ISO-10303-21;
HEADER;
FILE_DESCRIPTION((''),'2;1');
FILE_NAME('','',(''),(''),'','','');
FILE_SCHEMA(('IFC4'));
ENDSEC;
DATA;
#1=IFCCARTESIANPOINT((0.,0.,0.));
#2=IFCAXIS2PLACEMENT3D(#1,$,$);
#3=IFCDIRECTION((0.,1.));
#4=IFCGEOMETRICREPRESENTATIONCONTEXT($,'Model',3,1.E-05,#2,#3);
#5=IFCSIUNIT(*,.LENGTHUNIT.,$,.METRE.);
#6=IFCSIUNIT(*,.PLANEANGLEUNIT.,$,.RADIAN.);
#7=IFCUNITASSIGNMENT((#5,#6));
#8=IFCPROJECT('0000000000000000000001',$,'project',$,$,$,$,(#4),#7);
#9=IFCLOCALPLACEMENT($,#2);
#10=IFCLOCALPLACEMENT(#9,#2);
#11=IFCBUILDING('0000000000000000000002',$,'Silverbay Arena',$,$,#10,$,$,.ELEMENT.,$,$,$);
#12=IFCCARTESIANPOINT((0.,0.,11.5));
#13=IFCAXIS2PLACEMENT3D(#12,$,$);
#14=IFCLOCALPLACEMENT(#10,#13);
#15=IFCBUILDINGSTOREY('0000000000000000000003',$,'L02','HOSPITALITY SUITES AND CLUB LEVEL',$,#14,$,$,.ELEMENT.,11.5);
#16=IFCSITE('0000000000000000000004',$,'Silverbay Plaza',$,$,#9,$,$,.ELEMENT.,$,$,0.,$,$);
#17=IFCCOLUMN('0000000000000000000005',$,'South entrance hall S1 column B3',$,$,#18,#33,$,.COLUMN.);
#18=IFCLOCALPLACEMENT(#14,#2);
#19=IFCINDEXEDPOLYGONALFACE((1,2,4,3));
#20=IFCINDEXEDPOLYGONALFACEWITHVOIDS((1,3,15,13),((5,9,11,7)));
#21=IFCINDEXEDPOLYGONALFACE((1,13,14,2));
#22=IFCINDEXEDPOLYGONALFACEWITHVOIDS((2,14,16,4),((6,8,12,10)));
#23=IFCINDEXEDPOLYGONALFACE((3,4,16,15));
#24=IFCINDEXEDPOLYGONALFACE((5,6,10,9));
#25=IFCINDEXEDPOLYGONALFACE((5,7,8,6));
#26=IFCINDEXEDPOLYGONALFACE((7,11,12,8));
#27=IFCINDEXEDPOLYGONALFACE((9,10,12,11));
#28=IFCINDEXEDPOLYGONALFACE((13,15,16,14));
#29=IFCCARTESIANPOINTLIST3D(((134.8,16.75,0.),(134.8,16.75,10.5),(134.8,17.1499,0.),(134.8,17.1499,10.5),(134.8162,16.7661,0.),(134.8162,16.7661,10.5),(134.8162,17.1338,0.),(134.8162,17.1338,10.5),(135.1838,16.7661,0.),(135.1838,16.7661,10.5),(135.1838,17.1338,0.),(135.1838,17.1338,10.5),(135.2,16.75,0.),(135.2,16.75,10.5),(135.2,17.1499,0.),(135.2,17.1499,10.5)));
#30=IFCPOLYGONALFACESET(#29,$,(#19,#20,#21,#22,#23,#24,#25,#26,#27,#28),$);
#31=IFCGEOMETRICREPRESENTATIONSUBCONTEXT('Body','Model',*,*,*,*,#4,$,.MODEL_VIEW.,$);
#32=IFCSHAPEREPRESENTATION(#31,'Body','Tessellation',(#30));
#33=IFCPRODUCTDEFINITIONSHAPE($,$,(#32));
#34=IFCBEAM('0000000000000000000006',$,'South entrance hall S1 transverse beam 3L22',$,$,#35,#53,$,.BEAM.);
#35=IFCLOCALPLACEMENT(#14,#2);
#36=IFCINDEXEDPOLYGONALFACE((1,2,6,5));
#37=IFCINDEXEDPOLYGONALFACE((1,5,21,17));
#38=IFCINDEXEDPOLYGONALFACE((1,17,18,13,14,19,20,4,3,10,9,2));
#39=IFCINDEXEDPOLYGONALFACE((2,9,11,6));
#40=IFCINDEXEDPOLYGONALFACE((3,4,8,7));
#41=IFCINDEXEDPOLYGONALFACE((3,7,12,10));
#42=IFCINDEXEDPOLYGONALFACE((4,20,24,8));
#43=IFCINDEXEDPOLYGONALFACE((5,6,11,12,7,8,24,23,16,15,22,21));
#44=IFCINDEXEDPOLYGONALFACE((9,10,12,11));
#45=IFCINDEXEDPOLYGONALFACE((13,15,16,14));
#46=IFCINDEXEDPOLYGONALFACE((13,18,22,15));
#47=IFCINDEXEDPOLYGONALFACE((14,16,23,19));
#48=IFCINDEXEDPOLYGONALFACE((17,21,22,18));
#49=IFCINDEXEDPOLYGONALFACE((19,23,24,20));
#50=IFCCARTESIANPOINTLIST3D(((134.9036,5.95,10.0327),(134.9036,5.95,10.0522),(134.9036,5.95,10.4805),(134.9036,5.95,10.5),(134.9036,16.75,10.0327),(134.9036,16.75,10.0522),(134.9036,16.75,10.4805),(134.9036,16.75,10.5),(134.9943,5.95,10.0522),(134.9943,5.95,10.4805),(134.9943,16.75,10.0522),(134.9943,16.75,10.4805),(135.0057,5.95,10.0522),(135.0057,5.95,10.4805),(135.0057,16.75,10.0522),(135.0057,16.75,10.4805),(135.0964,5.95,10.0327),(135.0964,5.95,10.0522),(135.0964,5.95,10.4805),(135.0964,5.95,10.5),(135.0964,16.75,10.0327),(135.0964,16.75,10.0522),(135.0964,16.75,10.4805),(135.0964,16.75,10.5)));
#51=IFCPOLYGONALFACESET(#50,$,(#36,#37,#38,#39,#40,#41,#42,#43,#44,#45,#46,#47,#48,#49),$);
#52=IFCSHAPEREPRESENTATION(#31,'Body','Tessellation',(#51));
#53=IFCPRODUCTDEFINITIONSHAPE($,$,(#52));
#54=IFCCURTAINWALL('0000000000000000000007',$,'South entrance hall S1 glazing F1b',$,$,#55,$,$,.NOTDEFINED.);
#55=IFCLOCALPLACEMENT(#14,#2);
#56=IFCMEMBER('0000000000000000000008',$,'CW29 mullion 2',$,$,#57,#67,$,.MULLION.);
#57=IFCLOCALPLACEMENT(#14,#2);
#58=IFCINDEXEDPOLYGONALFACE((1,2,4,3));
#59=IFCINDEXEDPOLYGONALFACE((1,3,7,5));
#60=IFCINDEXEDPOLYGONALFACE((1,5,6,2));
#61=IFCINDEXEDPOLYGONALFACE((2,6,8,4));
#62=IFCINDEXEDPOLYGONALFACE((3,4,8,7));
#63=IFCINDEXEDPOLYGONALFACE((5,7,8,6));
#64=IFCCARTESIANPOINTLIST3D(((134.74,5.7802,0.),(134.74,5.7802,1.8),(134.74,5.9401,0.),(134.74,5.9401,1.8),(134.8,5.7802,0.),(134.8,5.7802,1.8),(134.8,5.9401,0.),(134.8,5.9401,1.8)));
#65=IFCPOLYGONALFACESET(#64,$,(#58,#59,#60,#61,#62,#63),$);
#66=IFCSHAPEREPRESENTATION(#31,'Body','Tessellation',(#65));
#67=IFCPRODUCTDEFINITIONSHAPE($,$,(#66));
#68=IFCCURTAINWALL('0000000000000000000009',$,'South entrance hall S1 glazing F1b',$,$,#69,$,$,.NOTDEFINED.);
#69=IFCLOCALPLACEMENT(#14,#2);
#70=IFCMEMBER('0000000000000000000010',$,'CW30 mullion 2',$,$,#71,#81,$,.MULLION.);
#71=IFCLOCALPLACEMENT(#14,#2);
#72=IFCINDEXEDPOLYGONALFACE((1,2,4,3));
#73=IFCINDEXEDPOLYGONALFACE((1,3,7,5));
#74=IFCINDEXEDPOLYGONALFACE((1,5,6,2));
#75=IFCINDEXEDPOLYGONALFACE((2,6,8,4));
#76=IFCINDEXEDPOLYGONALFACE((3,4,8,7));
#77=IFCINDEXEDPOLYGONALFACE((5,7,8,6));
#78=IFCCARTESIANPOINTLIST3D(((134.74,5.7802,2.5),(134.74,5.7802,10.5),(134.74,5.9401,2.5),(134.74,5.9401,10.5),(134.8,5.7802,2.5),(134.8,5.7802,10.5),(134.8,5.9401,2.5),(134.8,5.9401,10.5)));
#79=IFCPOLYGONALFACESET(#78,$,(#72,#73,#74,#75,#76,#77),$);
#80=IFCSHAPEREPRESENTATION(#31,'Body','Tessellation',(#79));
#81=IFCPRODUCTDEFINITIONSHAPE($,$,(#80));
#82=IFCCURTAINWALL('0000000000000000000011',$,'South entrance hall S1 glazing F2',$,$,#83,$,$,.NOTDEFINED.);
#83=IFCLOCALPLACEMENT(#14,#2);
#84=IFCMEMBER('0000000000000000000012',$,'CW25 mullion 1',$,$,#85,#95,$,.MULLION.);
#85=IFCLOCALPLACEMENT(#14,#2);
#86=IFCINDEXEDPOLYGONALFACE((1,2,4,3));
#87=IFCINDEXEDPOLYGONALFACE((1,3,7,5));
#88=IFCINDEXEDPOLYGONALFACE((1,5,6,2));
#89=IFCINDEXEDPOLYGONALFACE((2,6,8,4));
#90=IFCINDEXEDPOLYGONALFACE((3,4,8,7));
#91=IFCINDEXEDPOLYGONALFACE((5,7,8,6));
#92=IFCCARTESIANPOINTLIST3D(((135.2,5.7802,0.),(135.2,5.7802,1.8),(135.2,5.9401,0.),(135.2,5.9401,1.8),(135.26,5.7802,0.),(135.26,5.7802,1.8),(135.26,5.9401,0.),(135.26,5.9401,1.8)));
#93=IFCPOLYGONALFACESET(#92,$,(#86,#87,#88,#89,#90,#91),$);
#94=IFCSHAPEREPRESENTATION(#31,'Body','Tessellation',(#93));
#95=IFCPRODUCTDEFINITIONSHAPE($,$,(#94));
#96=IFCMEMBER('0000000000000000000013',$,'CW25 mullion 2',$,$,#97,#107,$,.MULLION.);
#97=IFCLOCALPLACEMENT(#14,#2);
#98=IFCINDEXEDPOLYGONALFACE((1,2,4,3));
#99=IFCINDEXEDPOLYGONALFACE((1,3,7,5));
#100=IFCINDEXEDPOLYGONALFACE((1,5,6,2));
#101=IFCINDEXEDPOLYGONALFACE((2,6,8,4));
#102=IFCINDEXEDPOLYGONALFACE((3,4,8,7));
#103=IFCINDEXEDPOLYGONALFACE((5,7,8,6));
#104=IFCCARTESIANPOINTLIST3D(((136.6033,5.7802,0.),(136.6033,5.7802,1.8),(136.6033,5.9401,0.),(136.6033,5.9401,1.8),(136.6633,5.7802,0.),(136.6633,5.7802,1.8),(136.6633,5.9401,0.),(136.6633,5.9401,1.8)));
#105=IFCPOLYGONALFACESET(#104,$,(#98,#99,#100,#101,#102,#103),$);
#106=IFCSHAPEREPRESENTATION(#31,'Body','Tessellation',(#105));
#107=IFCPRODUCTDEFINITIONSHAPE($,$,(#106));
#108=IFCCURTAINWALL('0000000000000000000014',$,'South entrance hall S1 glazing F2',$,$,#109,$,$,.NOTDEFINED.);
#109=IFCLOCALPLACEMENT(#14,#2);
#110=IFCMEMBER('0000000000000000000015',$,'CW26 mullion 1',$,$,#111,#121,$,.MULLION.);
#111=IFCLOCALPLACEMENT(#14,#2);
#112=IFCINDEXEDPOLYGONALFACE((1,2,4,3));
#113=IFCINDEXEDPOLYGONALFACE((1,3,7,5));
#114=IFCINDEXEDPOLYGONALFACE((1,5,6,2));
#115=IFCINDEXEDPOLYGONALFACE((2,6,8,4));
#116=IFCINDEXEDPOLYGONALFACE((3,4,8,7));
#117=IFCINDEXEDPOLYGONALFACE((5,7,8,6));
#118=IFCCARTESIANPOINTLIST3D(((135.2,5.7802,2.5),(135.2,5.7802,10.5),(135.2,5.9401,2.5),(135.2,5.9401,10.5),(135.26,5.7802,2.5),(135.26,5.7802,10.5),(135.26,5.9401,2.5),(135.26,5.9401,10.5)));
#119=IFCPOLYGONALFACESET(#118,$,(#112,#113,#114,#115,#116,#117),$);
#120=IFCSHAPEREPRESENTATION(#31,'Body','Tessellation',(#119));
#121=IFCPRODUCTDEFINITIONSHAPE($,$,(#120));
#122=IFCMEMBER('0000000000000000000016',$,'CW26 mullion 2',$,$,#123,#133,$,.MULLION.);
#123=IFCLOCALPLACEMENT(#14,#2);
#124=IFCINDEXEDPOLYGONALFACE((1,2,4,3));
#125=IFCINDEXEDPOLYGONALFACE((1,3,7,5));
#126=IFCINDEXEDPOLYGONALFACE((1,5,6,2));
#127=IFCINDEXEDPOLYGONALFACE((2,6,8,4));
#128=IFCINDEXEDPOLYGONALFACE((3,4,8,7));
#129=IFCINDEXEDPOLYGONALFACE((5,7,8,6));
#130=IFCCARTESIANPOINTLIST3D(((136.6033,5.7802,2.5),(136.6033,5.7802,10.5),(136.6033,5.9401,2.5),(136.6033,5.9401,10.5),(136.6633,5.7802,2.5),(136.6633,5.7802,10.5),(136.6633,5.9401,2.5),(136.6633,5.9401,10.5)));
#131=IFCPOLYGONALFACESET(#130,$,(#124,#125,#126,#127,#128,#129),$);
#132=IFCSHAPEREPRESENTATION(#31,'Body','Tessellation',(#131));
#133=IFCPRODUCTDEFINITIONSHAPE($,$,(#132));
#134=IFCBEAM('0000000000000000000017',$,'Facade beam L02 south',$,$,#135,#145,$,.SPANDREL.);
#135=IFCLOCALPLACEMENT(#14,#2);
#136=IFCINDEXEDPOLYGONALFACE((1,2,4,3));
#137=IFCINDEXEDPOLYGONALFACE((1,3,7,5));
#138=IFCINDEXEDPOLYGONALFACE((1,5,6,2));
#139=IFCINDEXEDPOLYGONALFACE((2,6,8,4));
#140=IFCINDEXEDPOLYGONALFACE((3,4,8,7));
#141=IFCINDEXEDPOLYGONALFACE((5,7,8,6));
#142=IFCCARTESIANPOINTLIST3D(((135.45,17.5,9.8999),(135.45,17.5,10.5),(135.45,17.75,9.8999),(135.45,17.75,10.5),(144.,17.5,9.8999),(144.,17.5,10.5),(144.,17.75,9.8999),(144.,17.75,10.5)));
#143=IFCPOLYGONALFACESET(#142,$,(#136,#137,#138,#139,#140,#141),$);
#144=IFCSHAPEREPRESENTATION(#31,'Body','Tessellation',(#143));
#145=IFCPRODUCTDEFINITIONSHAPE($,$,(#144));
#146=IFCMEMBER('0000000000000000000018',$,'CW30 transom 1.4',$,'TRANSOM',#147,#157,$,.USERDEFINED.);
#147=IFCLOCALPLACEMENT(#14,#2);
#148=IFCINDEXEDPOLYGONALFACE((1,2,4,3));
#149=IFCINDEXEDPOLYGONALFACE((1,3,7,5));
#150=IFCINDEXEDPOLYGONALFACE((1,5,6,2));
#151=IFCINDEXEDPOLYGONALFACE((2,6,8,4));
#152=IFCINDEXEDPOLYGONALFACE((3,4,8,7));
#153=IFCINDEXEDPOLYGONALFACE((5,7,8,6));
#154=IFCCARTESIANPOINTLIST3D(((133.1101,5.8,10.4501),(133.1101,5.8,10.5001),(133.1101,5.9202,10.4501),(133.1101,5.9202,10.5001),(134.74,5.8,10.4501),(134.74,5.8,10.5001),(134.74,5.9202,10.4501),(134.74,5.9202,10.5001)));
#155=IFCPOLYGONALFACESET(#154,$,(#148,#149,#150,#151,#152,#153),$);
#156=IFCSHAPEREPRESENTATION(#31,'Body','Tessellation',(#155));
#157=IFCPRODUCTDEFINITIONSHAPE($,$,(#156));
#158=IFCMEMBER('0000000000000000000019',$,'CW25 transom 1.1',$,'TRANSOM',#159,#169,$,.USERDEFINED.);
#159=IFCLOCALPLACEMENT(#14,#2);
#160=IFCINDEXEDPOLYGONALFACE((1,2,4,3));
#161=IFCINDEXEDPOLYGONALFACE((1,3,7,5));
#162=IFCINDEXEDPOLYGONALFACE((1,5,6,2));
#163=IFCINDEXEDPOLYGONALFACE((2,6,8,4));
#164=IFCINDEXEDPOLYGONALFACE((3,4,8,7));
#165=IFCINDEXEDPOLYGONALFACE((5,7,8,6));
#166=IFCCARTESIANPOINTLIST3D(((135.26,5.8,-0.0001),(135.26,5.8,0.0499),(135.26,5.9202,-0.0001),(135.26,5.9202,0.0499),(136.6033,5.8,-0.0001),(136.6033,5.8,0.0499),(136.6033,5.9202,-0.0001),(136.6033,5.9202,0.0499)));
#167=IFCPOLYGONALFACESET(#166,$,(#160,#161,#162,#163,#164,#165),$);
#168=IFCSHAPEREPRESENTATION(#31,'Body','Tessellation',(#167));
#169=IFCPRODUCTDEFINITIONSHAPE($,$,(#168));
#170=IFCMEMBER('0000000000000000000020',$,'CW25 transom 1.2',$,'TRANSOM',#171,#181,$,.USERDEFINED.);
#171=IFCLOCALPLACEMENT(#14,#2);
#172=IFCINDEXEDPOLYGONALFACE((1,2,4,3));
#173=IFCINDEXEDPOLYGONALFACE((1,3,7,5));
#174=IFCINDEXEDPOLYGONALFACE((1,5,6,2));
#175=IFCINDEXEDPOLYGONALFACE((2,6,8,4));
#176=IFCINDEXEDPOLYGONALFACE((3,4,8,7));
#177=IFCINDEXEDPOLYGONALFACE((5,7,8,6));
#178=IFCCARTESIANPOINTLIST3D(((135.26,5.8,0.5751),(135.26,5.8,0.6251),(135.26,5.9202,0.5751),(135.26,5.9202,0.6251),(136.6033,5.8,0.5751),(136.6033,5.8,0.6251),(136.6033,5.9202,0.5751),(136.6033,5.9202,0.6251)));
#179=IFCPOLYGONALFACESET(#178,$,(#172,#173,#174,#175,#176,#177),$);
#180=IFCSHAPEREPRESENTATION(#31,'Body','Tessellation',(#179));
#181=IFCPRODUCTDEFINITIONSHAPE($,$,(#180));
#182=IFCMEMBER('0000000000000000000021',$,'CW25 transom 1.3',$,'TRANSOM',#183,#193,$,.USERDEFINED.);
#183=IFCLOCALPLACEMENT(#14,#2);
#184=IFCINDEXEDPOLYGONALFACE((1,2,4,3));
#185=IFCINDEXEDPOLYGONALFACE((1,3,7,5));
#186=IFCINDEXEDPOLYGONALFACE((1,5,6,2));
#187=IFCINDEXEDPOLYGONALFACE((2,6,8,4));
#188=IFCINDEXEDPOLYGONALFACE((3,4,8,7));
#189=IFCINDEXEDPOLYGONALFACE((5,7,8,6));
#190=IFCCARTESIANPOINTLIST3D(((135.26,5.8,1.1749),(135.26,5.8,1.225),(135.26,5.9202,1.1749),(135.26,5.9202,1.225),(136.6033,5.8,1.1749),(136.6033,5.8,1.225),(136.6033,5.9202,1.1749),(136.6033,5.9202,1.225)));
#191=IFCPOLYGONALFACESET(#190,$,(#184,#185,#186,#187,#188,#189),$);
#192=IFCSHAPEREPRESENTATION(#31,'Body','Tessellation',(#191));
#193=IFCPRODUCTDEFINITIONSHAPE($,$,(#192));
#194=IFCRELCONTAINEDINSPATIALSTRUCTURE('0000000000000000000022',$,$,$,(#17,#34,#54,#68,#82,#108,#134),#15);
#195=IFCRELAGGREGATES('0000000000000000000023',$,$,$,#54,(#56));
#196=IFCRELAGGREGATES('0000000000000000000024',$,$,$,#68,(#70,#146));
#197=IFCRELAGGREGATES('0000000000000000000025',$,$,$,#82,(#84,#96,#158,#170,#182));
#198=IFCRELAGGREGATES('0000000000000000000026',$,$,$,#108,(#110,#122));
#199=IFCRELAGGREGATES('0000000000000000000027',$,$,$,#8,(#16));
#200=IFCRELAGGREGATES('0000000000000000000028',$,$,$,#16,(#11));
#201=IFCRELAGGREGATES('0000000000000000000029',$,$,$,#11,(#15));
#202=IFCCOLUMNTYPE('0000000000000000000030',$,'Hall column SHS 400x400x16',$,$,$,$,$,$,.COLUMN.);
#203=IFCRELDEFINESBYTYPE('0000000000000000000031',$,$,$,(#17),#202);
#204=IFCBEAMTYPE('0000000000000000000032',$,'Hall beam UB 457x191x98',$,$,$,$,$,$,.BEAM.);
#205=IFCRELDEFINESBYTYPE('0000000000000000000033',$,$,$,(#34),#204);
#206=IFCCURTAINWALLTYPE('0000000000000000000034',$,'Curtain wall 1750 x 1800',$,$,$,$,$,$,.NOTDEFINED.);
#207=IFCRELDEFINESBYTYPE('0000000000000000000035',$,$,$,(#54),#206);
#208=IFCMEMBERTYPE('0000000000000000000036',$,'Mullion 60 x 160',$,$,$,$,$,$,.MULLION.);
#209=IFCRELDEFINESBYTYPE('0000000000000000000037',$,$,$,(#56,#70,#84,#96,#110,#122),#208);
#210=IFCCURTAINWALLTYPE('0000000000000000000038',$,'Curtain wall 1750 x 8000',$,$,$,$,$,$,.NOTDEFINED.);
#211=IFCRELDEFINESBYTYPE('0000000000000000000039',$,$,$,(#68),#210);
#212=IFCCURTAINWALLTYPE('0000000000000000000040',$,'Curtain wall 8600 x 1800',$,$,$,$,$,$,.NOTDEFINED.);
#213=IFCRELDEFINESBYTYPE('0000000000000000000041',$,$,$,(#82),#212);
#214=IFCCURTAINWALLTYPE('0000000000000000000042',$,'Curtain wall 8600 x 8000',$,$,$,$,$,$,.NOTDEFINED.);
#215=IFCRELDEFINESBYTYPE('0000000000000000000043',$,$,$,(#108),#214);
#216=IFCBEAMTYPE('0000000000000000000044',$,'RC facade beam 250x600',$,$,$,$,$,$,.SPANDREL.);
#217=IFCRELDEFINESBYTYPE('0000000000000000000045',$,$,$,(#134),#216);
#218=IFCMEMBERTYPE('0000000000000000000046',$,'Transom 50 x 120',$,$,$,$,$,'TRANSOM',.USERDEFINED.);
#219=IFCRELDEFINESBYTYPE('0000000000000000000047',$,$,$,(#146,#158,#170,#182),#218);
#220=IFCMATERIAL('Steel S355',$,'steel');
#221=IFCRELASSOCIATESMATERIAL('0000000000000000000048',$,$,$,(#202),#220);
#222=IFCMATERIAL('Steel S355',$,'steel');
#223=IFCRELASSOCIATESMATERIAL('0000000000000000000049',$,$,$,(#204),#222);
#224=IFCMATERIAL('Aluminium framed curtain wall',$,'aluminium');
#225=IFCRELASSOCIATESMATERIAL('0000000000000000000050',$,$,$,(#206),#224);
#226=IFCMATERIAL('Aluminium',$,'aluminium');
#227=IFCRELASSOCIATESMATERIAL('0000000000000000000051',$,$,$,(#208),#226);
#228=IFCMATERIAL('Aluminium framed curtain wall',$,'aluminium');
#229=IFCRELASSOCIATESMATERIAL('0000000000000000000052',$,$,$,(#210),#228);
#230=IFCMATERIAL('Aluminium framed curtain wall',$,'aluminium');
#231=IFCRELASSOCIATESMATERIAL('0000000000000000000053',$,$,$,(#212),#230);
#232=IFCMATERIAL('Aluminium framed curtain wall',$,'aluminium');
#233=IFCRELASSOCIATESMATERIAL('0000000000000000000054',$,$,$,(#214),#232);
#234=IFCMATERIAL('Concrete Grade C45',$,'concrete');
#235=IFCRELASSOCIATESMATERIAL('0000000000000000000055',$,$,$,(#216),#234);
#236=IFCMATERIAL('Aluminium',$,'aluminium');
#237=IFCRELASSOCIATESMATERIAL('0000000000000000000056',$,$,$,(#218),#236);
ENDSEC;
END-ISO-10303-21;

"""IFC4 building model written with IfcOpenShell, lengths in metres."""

from ifc_helpers import new_model, si_unit, direction, frame, origin, origin_2d, place, context, subcontext, project, spatial, rectangle, hollow_rectangle, i_section, extrude, material, material_profile, profile_set, type_object, element, aggregate, save


model = new_model("IFC4")

# Units and contexts
model_context = context("Model", 3, precision=1e-05, world=origin(), true_north=direction((0.0, 1.0)))
body_context = subcontext(model_context, "Body", "Model", "MODEL_VIEW")
ifc_project = project(units=[si_unit("LENGTHUNIT", "METRE"), si_unit("PLANEANGLEUNIT", "RADIAN")], contexts=[model_context])

# Site, building, storey
site_placement = place(None, origin())
site = spatial("IfcSite", under=ifc_project, at=site_placement, Name="Silverbay Plaza", CompositionType="ELEMENT", RefElevation=0.0)
building_placement = place(site_placement, origin())
building = spatial("IfcBuilding", under=site, at=building_placement, Name="Silverbay Arena", CompositionType="ELEMENT")
storey_placement = place(building_placement, frame((0.0, 0.0, 11.5)))
storey = spatial("IfcBuildingStorey", under=building, at=storey_placement, Name="L02", Description="HOSPITALITY SUITES AND CLUB LEVEL", CompositionType="ELEMENT", Elevation=11.5)

# Column
ifc_material_1 = material(Name="Steel S355", Category="steel")
ifc_material_profile_1 = material_profile(ifc_material_1, hollow_rectangle(XDim=0.3999, YDim=0.3999, WallThickness=0.0161, at=origin_2d()), Name="SHS 400x400x16")
ifc_profile_set_1 = profile_set([ifc_material_profile_1], Name="Steel S355")
column_type = type_object("IfcColumnType", Name="Hall column SHS 400x400x16", PredefinedType="COLUMN", material=ifc_profile_set_1)
column_placement = place(storey_placement, frame((135.0, 16.95, 0.0), z_axis=(0.0, 0.0, 1.0), x_axis=(1.0, 0.0, 0.0)))
element("IfcColumn", 1, at=column_placement, inside=storey, type_object=column_type, Name="South entrance hall S1 column B3", PredefinedType="COLUMN", context=body_context, shape_type="SweptSolid", body=[
    extrude(hollow_rectangle(XDim=0.3999, YDim=0.3999, WallThickness=0.0161, at=origin_2d()), origin(), (0.0, 0.0, 1.0), 10.5),
])

# Beam
ifc_material_2 = material(Name="Steel S355", Category="steel")
ifc_material_profile_2 = material_profile(ifc_material_2, i_section(OverallWidth=0.1929, OverallDepth=0.4673, WebThickness=0.0115, FlangeThickness=0.0195, at=origin_2d()), Name="UB 457x191x98")
ifc_profile_set_2 = profile_set([ifc_material_profile_2], Name="Steel S355")
beam_type_1 = type_object("IfcBeamType", Name="Hall beam UB 457x191x98", PredefinedType="BEAM", material=ifc_profile_set_2)
beam_1_placement = place(storey_placement, frame((135.0, 16.75, 10.2664), z_axis=(0.0, -1.0, 0.0), x_axis=(1.0, 0.0, 0.0)))
element("IfcBeam", 2, at=beam_1_placement, inside=storey, type_object=beam_type_1, Name="South entrance hall S1 transverse beam 3L22", PredefinedType="BEAM", context=body_context, shape_type="SweptSolid", body=[
    extrude(i_section(OverallWidth=0.1929, OverallDepth=0.4673, WebThickness=0.0115, FlangeThickness=0.0195, at=origin_2d()), origin(), (0.0, 0.0, 1.0), 10.8),
])

# Curtain walls, members
ifc_material_3 = material(Name="Aluminium framed curtain wall", Category="aluminium")
curtain_wall_type_1 = type_object("IfcCurtainWallType", Name="Curtain wall 1750 x 1800", PredefinedType="NOTDEFINED", material=ifc_material_3)
curtain_wall_1_placement = place(storey_placement, origin())
curtain_wall_1 = element("IfcCurtainWall", 3, at=curtain_wall_1_placement, inside=storey, type_object=curtain_wall_type_1, Name="South entrance hall S1 glazing F1b", PredefinedType="NOTDEFINED")
ifc_material_4 = material(Name="Aluminium", Category="aluminium")
ifc_material_profile_3 = material_profile(ifc_material_4, rectangle(XDim=0.1599, YDim=0.0601, at=origin_2d()), Name="Mullion 60 x 160")
ifc_profile_set_3 = profile_set([ifc_material_profile_3], Name="Aluminium")
member_type_1 = type_object("IfcMemberType", Name="Mullion 60 x 160", PredefinedType="MULLION", material=ifc_profile_set_3)
member_1_placement = place(storey_placement, frame((134.77, 5.8601, 0.0), z_axis=(0.0, 0.0, 1.0), x_axis=(0.0, 1.0, 0.0)))
member_1 = element("IfcMember", 4, at=member_1_placement, type_object=member_type_1, Name="CW29 mullion 2", PredefinedType="MULLION", context=body_context, shape_type="SweptSolid", body=[
    extrude(rectangle(XDim=0.1599, YDim=0.0601, at=origin_2d()), origin(), (0.0, 0.0, 1.0), 1.8),
])
ifc_material_5 = material(Name="Aluminium framed curtain wall", Category="aluminium")
curtain_wall_type_2 = type_object("IfcCurtainWallType", Name="Curtain wall 1750 x 8000", PredefinedType="NOTDEFINED", material=ifc_material_5)
curtain_wall_2_placement = place(storey_placement, origin())
curtain_wall_2 = element("IfcCurtainWall", 5, at=curtain_wall_2_placement, inside=storey, type_object=curtain_wall_type_2, Name="South entrance hall S1 glazing F1b", PredefinedType="NOTDEFINED")
member_2_placement = place(storey_placement, frame((134.77, 5.8601, 2.5), z_axis=(0.0, 0.0, 1.0), x_axis=(0.0, 1.0, 0.0)))
member_2 = element("IfcMember", 6, at=member_2_placement, type_object=member_type_1, Name="CW30 mullion 2", PredefinedType="MULLION", context=body_context, shape_type="SweptSolid", body=[
    extrude(rectangle(XDim=0.1599, YDim=0.0601, at=origin_2d()), origin(), (0.0, 0.0, 1.0), 8.0),
])

# Curtain walls, members
ifc_material_6 = material(Name="Aluminium framed curtain wall", Category="aluminium")
curtain_wall_type_3 = type_object("IfcCurtainWallType", Name="Curtain wall 8600 x 1800", PredefinedType="NOTDEFINED", material=ifc_material_6)
curtain_wall_3_placement = place(storey_placement, origin())
curtain_wall_3 = element("IfcCurtainWall", 7, at=curtain_wall_3_placement, inside=storey, type_object=curtain_wall_type_3, Name="South entrance hall S1 glazing F2", PredefinedType="NOTDEFINED")
member_3_placement = place(storey_placement, frame((135.23, 5.8601, 0.0), z_axis=(0.0, 0.0, 1.0), x_axis=(0.0, 1.0, 0.0)))
member_3 = element("IfcMember", 8, at=member_3_placement, type_object=member_type_1, Name="CW25 mullion 1", PredefinedType="MULLION", context=body_context, shape_type="SweptSolid", body=[
    extrude(rectangle(XDim=0.1599, YDim=0.0601, at=origin_2d()), origin(), (0.0, 0.0, 1.0), 1.8),
])
member_4_placement = place(storey_placement, frame((136.6333, 5.8601, 0.0), z_axis=(0.0, 0.0, 1.0), x_axis=(0.0, 1.0, 0.0)))
member_4 = element("IfcMember", 9, at=member_4_placement, type_object=member_type_1, Name="CW25 mullion 2", PredefinedType="MULLION", context=body_context, shape_type="SweptSolid", body=[
    extrude(rectangle(XDim=0.1599, YDim=0.0601, at=origin_2d()), origin(), (0.0, 0.0, 1.0), 1.8),
])
ifc_material_7 = material(Name="Aluminium framed curtain wall", Category="aluminium")
curtain_wall_type_4 = type_object("IfcCurtainWallType", Name="Curtain wall 8600 x 8000", PredefinedType="NOTDEFINED", material=ifc_material_7)
curtain_wall_4_placement = place(storey_placement, origin())
curtain_wall_4 = element("IfcCurtainWall", 10, at=curtain_wall_4_placement, inside=storey, type_object=curtain_wall_type_4, Name="South entrance hall S1 glazing F2", PredefinedType="NOTDEFINED")
member_5_placement = place(storey_placement, frame((135.23, 5.8601, 2.5), z_axis=(0.0, 0.0, 1.0), x_axis=(0.0, 1.0, 0.0)))
member_5 = element("IfcMember", 11, at=member_5_placement, type_object=member_type_1, Name="CW26 mullion 1", PredefinedType="MULLION", context=body_context, shape_type="SweptSolid", body=[
    extrude(rectangle(XDim=0.1599, YDim=0.0601, at=origin_2d()), origin(), (0.0, 0.0, 1.0), 8.0),
])
member_6_placement = place(storey_placement, frame((136.6333, 5.8601, 2.5), z_axis=(0.0, 0.0, 1.0), x_axis=(0.0, 1.0, 0.0)))
member_6 = element("IfcMember", 12, at=member_6_placement, type_object=member_type_1, Name="CW26 mullion 2", PredefinedType="MULLION", context=body_context, shape_type="SweptSolid", body=[
    extrude(rectangle(XDim=0.1599, YDim=0.0601, at=origin_2d()), origin(), (0.0, 0.0, 1.0), 8.0),
])

# Beam
ifc_material_8 = material(Name="Concrete Grade C45", Category="concrete")
ifc_material_profile_4 = material_profile(ifc_material_8, rectangle(XDim=0.25, YDim=0.6001, at=origin_2d()), Name="RC 250x600")
ifc_profile_set_4 = profile_set([ifc_material_profile_4], Name="Concrete Grade C45")
beam_type_2 = type_object("IfcBeamType", Name="RC facade beam 250x600", PredefinedType="SPANDREL", material=ifc_profile_set_4)
beam_2_placement = place(storey_placement, frame((135.45, 17.625, 10.2), z_axis=(1.0, 0.0, 0.0), x_axis=(0.0, 1.0, 0.0)))
element("IfcBeam", 13, at=beam_2_placement, inside=storey, type_object=beam_type_2, Name="Facade beam L02 south", PredefinedType="SPANDREL", context=body_context, shape_type="SweptSolid", body=[
    extrude(rectangle(XDim=0.25, YDim=0.6001, at=origin_2d()), origin(), (0.0, 0.0, 1.0), 8.55),
])

# Members
ifc_material_9 = material(Name="Aluminium", Category="aluminium")
ifc_material_profile_5 = material_profile(ifc_material_9, rectangle(XDim=0.1201, YDim=0.05, at=origin_2d()), Name="Transom 50 x 120")
ifc_profile_set_5 = profile_set([ifc_material_profile_5], Name="Aluminium")
member_type_2 = type_object("IfcMemberType", Name="Transom 50 x 120", ElementType="TRANSOM", PredefinedType="USERDEFINED", material=ifc_profile_set_5)
member_7_placement = place(storey_placement, frame((133.1101, 5.8601, 10.4751), z_axis=(1.0, 0.0, 0.0), x_axis=(0.0, 1.0, 0.0)))
member_7 = element("IfcMember", 14, at=member_7_placement, type_object=member_type_2, Name="CW30 transom 1.4", ObjectType="TRANSOM", PredefinedType="USERDEFINED", context=body_context, shape_type="SweptSolid", body=[
    extrude(rectangle(XDim=0.1201, YDim=0.05, at=origin_2d()), origin(), (0.0, 0.0, 1.0), 1.6299),
])
member_8_placement = place(storey_placement, frame((135.26, 5.8601, 0.0249), z_axis=(1.0, 0.0, 0.0), x_axis=(0.0, 1.0, 0.0)))
member_8 = element("IfcMember", 15, at=member_8_placement, type_object=member_type_2, Name="CW25 transom 1.1", ObjectType="TRANSOM", PredefinedType="USERDEFINED", context=body_context, shape_type="SweptSolid", body=[
    extrude(rectangle(XDim=0.1201, YDim=0.05, at=origin_2d()), origin(), (0.0, 0.0, 1.0), 1.3433),
])
member_9_placement = place(storey_placement, frame((135.26, 5.8601, 0.6001), z_axis=(1.0, 0.0, 0.0), x_axis=(0.0, 1.0, 0.0)))
member_9 = element("IfcMember", 16, at=member_9_placement, type_object=member_type_2, Name="CW25 transom 1.2", ObjectType="TRANSOM", PredefinedType="USERDEFINED", context=body_context, shape_type="SweptSolid", body=[
    extrude(rectangle(XDim=0.1201, YDim=0.05, at=origin_2d()), origin(), (0.0, 0.0, 1.0), 1.3433),
])
member_10_placement = place(storey_placement, frame((135.26, 5.8601, 1.2), z_axis=(1.0, 0.0, 0.0), x_axis=(0.0, 1.0, 0.0)))
member_10 = element("IfcMember", 17, at=member_10_placement, type_object=member_type_2, Name="CW25 transom 1.3", ObjectType="TRANSOM", PredefinedType="USERDEFINED", context=body_context, shape_type="SweptSolid", body=[
    extrude(rectangle(XDim=0.1201, YDim=0.05, at=origin_2d()), origin(), (0.0, 0.0, 1.0), 1.3433),
])

aggregate(curtain_wall_1, [member_1])
aggregate(curtain_wall_2, [member_2, member_7])
aggregate(curtain_wall_3, [member_3, member_4, member_8, member_9, member_10])
aggregate(curtain_wall_4, [member_5, member_6])

save(model, "model.ifc")
